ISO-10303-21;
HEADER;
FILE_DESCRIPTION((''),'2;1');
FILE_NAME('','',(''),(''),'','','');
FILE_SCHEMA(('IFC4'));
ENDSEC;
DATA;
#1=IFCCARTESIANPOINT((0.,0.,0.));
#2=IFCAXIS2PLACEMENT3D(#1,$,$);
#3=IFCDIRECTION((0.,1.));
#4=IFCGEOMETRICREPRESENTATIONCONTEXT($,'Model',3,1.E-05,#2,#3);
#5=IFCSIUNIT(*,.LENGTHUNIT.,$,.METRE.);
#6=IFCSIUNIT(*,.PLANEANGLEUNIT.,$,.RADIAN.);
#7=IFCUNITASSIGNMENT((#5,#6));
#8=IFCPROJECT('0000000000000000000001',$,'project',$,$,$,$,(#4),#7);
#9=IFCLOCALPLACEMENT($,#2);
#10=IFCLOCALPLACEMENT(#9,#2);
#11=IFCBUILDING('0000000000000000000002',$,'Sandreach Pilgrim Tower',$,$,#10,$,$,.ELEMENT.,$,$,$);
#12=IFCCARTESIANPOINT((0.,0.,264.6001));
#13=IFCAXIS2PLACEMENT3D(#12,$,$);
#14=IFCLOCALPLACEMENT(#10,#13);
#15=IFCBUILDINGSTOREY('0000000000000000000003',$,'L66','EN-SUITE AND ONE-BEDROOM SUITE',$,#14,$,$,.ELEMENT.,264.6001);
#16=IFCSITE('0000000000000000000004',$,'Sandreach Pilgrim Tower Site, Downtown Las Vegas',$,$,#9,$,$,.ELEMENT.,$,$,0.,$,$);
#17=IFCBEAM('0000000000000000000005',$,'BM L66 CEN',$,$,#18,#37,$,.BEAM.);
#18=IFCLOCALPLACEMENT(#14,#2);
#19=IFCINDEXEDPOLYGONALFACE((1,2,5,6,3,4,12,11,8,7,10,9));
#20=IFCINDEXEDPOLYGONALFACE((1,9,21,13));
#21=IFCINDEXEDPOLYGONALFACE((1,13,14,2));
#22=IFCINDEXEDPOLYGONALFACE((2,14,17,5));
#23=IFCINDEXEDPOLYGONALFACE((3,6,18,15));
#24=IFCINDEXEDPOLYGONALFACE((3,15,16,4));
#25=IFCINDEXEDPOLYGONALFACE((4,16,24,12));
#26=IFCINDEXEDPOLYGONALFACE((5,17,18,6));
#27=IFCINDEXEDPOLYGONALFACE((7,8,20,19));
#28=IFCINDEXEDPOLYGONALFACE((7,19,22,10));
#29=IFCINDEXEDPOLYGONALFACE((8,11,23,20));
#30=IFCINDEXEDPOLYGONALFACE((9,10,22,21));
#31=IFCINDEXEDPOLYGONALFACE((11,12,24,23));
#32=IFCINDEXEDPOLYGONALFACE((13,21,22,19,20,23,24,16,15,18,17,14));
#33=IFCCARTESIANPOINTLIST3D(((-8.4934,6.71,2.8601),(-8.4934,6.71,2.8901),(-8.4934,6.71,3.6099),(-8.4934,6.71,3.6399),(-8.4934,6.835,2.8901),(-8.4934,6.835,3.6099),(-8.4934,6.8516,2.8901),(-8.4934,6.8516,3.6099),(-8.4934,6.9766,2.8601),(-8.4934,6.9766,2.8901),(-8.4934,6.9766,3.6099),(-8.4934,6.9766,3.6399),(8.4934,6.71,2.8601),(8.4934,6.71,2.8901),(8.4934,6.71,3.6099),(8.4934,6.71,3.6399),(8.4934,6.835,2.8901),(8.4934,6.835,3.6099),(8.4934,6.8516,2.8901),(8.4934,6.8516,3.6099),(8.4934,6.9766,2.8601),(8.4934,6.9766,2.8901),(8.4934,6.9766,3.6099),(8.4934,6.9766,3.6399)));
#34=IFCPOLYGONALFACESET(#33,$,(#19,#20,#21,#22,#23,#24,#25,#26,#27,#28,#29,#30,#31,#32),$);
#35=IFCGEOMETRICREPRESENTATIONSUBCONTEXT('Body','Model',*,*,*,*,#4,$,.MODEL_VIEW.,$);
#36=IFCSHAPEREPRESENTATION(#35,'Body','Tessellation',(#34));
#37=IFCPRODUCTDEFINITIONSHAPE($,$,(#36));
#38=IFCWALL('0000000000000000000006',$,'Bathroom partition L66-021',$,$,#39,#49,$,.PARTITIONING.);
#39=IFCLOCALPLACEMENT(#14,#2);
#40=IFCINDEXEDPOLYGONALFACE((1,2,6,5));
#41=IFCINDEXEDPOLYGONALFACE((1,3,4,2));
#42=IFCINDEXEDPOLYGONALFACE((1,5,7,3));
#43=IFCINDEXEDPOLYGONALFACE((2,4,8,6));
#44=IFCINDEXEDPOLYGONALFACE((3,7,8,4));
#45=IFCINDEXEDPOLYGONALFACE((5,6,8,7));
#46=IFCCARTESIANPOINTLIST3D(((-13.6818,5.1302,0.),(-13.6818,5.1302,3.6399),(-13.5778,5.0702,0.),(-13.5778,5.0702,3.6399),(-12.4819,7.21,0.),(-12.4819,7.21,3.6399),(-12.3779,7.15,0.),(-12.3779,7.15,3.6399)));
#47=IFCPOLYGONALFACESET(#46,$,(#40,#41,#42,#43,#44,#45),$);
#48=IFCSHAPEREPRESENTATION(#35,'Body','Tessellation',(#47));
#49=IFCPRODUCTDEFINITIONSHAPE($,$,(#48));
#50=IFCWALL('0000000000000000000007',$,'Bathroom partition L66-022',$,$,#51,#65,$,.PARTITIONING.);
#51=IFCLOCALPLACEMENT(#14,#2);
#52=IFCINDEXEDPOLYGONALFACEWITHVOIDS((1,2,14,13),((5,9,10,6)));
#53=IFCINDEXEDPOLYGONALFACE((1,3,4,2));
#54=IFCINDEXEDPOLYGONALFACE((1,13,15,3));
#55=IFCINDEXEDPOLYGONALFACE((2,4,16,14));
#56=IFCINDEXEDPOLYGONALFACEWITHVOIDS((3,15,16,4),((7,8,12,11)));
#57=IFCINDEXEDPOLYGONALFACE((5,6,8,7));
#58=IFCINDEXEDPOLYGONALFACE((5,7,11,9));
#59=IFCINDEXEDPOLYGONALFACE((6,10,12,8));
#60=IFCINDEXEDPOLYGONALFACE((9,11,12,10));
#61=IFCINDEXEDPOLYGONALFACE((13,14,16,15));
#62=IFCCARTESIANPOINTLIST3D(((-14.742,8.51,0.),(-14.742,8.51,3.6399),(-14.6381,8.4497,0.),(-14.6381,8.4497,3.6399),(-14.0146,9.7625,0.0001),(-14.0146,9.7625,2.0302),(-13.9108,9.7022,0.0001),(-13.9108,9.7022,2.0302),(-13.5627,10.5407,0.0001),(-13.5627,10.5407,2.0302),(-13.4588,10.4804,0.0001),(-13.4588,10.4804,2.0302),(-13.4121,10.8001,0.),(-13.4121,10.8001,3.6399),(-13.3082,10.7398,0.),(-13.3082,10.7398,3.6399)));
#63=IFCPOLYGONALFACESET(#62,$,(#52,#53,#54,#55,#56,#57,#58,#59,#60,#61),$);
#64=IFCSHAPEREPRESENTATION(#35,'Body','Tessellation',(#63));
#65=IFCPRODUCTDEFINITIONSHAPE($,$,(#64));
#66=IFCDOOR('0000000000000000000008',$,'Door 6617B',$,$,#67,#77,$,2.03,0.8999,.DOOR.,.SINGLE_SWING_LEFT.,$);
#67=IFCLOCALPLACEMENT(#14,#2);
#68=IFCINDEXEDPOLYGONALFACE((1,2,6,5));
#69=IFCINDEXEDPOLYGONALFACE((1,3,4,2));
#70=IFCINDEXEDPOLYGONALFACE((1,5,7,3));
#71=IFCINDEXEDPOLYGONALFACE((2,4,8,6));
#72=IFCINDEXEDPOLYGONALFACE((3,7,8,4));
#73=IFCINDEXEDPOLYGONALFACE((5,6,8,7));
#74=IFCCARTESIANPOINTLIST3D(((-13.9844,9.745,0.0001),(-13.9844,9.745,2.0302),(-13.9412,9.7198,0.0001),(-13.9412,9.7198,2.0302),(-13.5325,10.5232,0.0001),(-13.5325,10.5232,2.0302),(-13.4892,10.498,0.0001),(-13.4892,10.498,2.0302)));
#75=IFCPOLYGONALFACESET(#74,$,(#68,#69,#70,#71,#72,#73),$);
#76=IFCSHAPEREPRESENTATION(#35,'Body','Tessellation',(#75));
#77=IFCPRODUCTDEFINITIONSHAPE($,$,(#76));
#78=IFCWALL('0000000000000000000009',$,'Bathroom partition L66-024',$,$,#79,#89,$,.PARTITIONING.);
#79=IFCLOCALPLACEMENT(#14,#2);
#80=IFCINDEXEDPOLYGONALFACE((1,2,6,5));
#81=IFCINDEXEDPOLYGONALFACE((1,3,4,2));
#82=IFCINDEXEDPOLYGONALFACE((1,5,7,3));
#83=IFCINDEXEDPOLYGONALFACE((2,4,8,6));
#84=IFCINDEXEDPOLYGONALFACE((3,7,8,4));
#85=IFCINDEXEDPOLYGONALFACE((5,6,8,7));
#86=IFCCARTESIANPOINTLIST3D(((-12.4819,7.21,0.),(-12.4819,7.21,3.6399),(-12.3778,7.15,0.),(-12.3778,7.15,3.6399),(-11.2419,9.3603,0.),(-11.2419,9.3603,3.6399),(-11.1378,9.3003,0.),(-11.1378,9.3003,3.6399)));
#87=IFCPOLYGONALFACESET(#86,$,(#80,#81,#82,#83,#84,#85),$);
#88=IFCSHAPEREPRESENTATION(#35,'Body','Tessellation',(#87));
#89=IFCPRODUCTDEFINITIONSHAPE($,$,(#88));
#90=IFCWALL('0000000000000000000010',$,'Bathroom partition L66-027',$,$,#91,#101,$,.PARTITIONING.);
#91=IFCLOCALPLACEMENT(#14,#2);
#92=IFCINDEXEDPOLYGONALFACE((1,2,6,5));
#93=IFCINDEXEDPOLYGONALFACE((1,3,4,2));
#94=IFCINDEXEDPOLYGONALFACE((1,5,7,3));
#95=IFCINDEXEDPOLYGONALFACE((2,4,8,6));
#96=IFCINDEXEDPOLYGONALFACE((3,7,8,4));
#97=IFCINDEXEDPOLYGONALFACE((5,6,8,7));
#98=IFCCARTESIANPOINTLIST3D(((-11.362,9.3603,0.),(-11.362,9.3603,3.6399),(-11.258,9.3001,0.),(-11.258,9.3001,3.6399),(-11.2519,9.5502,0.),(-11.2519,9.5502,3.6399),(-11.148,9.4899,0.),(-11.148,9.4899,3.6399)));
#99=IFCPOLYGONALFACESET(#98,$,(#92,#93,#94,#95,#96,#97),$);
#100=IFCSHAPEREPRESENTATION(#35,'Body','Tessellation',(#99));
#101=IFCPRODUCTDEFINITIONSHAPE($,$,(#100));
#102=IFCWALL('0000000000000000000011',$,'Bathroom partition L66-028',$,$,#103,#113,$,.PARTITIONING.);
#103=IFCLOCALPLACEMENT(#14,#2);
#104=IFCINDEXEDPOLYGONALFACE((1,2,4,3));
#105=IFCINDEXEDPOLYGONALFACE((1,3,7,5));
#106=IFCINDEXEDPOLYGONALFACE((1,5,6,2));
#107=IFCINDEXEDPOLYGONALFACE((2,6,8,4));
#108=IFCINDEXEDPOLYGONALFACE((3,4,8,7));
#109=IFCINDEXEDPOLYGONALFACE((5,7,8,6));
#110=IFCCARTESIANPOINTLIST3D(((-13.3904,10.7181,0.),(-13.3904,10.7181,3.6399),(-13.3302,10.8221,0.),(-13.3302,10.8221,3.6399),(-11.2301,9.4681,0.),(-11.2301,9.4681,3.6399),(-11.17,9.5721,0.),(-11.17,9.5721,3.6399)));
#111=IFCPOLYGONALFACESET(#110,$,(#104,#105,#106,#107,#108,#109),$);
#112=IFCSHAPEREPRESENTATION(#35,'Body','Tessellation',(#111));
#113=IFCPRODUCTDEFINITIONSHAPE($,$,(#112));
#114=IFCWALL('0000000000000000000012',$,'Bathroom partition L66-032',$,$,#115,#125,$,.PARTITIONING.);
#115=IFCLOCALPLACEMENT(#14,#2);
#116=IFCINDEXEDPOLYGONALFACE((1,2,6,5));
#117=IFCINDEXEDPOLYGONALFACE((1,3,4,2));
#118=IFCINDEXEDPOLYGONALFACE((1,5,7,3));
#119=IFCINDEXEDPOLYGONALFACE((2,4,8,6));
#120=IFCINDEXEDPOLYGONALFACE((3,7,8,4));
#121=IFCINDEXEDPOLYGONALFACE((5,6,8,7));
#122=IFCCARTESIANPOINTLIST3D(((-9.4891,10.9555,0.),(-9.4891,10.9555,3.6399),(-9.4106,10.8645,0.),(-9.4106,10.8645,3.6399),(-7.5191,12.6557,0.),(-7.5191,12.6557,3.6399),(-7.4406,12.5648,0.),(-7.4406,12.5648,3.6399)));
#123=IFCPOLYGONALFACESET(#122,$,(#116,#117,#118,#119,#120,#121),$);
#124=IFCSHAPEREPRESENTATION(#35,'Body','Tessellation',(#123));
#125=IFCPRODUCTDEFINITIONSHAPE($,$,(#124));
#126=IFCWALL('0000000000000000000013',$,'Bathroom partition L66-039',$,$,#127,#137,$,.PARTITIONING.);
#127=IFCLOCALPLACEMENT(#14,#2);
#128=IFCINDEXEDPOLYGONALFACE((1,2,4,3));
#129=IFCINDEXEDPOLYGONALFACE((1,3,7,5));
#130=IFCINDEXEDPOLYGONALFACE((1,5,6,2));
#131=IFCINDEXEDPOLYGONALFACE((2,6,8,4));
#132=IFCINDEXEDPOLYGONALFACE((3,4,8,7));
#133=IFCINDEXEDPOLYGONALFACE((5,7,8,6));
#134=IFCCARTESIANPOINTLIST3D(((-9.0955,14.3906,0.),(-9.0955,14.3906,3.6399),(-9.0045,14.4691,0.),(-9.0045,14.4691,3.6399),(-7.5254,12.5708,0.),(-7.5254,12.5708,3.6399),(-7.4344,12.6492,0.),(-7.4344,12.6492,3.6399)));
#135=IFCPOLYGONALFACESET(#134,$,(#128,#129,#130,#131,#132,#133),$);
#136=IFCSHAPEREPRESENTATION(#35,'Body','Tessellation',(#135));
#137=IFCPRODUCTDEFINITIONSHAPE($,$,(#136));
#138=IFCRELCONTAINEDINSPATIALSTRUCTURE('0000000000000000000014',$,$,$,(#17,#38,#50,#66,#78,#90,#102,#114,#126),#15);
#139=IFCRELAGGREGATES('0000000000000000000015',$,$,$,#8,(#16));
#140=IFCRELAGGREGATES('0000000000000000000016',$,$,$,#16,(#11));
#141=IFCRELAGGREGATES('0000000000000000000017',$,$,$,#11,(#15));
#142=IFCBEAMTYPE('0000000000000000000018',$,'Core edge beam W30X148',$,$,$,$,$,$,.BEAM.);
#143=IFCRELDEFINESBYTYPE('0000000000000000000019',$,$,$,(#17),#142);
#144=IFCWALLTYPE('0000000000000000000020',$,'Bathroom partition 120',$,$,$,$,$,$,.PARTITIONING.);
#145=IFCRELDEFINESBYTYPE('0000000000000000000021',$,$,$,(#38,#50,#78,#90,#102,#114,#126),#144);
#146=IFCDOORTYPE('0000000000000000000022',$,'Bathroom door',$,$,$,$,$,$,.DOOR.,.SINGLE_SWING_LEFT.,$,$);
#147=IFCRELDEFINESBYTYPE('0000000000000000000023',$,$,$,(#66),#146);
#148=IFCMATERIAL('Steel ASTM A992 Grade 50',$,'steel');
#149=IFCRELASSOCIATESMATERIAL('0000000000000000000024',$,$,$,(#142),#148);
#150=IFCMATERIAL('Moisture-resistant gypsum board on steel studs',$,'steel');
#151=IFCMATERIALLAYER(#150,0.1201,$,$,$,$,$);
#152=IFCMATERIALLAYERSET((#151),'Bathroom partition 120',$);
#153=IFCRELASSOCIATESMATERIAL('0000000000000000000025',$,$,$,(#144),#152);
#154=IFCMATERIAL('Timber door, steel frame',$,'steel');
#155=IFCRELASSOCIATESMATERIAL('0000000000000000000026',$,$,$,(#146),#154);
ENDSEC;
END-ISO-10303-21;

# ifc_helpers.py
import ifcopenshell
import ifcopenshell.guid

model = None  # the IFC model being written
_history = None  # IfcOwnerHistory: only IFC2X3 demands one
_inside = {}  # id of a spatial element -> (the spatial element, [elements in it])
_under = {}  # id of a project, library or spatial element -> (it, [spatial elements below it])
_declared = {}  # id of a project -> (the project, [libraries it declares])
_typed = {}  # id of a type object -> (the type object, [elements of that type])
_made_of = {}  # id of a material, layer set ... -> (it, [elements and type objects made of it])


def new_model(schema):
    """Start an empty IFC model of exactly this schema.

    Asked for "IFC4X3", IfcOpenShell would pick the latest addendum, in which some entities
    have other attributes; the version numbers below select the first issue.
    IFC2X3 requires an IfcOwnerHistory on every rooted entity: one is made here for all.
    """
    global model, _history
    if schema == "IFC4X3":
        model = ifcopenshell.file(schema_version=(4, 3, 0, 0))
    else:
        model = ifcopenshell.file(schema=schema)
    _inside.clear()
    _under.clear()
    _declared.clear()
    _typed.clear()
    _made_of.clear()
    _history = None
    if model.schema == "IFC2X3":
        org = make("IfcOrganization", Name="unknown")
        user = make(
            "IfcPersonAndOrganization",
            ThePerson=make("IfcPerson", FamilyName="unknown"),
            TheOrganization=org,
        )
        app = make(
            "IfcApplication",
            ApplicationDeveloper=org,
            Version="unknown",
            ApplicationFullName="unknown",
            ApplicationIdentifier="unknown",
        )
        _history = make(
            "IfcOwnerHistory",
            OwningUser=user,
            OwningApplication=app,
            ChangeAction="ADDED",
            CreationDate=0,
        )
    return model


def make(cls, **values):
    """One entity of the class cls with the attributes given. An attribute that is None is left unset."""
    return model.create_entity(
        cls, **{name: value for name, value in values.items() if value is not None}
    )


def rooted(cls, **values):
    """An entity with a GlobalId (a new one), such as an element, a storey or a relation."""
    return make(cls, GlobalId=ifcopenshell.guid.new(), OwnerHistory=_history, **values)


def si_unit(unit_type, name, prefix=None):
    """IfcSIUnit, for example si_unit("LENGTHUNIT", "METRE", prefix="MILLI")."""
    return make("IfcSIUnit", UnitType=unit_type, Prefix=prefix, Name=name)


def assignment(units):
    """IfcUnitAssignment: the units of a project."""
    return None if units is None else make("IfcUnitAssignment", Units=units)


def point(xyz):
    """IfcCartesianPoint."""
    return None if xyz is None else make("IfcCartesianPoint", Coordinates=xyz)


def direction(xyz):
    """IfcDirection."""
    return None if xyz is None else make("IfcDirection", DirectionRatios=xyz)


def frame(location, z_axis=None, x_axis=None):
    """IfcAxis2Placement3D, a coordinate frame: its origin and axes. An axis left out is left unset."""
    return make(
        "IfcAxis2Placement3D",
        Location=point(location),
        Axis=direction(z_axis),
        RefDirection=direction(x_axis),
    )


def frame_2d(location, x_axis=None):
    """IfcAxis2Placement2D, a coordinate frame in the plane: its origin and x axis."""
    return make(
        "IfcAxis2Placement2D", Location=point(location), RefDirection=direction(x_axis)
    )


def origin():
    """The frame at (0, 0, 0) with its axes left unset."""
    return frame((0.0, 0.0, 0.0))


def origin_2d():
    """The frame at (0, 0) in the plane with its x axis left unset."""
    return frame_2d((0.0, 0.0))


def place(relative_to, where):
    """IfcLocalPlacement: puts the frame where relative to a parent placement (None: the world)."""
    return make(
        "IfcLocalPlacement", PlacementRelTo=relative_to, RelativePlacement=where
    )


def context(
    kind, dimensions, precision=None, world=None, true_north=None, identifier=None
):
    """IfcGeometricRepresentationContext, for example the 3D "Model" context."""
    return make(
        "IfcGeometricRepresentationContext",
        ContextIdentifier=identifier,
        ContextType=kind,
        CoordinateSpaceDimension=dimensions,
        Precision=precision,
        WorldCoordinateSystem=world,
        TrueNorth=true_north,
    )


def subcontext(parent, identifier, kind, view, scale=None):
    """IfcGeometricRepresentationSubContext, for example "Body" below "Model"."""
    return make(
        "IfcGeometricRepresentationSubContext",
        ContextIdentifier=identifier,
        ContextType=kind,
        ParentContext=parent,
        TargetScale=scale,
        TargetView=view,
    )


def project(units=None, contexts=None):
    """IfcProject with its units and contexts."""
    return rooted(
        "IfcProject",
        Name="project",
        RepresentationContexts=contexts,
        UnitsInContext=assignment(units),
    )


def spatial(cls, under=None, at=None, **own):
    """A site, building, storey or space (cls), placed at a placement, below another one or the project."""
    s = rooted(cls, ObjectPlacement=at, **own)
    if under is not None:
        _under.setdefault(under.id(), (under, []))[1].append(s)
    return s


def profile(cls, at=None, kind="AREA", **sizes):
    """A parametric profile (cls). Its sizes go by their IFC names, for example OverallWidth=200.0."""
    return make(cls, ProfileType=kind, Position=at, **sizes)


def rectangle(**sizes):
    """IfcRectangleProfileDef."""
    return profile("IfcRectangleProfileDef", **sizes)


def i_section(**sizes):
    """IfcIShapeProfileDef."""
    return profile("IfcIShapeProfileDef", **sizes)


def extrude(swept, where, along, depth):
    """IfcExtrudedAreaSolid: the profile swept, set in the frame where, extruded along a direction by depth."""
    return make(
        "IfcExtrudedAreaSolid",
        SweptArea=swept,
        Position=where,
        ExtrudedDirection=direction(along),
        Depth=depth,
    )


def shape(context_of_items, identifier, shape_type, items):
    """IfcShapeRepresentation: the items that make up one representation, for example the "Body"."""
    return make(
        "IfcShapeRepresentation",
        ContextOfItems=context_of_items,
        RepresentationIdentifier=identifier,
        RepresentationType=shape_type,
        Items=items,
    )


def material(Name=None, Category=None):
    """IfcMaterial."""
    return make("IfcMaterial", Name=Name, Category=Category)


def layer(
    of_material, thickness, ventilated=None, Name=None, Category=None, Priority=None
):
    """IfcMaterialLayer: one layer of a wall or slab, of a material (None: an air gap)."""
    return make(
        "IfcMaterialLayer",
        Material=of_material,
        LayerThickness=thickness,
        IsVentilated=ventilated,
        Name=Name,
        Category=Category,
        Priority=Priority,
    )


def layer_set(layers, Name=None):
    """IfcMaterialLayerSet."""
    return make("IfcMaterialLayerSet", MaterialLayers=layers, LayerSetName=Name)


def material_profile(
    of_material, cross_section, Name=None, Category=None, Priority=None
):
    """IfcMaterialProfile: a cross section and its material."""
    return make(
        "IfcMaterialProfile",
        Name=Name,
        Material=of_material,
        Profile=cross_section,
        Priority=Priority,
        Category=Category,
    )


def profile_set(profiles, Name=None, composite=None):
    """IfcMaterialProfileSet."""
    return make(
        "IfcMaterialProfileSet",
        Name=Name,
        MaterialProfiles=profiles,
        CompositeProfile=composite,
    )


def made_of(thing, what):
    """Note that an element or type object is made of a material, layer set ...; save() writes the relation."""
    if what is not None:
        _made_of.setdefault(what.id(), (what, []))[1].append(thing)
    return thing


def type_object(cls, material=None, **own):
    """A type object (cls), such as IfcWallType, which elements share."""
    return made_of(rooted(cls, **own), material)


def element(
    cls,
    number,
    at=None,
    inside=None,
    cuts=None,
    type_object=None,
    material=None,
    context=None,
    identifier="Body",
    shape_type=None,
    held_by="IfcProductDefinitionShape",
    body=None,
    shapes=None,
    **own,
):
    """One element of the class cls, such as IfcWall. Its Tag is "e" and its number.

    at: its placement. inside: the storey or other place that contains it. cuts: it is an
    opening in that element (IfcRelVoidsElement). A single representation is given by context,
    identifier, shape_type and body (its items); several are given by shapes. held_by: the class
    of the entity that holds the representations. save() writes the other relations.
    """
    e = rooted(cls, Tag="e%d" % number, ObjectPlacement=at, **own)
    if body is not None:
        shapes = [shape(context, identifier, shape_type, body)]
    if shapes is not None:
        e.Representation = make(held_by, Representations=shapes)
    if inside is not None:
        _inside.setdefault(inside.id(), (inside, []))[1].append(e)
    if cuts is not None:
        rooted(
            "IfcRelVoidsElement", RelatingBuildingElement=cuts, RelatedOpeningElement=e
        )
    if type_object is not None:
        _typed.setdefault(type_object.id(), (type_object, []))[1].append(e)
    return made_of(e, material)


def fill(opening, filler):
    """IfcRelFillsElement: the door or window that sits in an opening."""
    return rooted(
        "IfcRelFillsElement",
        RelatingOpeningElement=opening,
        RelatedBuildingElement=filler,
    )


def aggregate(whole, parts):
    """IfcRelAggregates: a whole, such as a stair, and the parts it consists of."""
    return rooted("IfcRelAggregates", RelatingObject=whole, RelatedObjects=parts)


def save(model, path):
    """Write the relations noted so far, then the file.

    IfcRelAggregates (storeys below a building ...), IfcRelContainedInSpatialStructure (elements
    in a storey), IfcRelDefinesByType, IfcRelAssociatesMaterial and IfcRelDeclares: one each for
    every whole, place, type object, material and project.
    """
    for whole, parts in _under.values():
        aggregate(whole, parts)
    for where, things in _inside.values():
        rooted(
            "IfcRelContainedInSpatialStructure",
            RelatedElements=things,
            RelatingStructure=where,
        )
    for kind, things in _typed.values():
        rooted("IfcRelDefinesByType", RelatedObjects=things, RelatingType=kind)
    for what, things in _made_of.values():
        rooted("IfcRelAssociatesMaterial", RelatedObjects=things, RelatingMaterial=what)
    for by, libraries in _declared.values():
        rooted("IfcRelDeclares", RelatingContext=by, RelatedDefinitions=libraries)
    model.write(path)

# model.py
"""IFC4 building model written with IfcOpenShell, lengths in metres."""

from ifc_helpers import new_model, si_unit, direction, frame, frame_2d, origin, origin_2d, place, context, subcontext, project, spatial, rectangle, i_section, extrude, material, layer, layer_set, material_profile, profile_set, type_object, element, fill, save


model = new_model("IFC4")

# Units and contexts
model_context = context("Model", 3, precision=1e-05, world=origin(), true_north=direction((0.0, 1.0)))
body_context = subcontext(model_context, "Body", "Model", "MODEL_VIEW")
ifc_project = project(units=[si_unit("LENGTHUNIT", "METRE"), si_unit("PLANEANGLEUNIT", "RADIAN")], contexts=[model_context])

# Site, building, storey
site_placement = place(None, origin())
site = spatial("IfcSite", under=ifc_project, at=site_placement, Name="Sandreach Pilgrim Tower Site, Downtown Las Vegas", CompositionType="ELEMENT", RefElevation=0.0)
building_placement = place(site_placement, origin())
building = spatial("IfcBuilding", under=site, at=building_placement, Name="Sandreach Pilgrim Tower", CompositionType="ELEMENT")
storey_placement = place(building_placement, frame((0.0, 0.0, 264.6001)))
storey = spatial("IfcBuildingStorey", under=building, at=storey_placement, Name="L66", Description="EN-SUITE AND ONE-BEDROOM SUITE", CompositionType="ELEMENT", Elevation=264.6001)

# Beam
ifc_material_1 = material(Name="Steel ASTM A992 Grade 50", Category="steel")
ifc_material_profile = material_profile(ifc_material_1, i_section(OverallWidth=0.2666, OverallDepth=0.7798, WebThickness=0.0166, FlangeThickness=0.03, at=origin_2d()), Name="W30X148")
ifc_profile_set = profile_set([ifc_material_profile], Name="Steel ASTM A992 Grade 50")
beam_type = type_object("IfcBeamType", Name="Core edge beam W30X148", PredefinedType="BEAM", material=ifc_profile_set)
beam_placement = place(storey_placement, frame((-8.4934, 6.8433, 3.25), z_axis=(1.0, 0.0, 0.0), x_axis=(0.0, 1.0, 0.0)))
element("IfcBeam", 1, at=beam_placement, inside=storey, type_object=beam_type, Name="BM L66 CEN", PredefinedType="BEAM", context=body_context, shape_type="SweptSolid", body=[
    extrude(i_section(OverallWidth=0.2666, OverallDepth=0.7798, WebThickness=0.0166, FlangeThickness=0.03, at=origin_2d()), origin(), (0.0, 0.0, 1.0), 16.9868),
])

# Wall
ifc_material_2 = material(Name="Moisture-resistant gypsum board on steel studs", Category="steel")
ifc_layer_1 = layer(ifc_material_2, 0.1201)
ifc_layer_set_1 = layer_set([ifc_layer_1], Name="Bathroom partition 120")
wall_type_1 = type_object("IfcWallType", Name="Bathroom partition 120", PredefinedType="PARTITIONING", material=ifc_layer_set_1)
wall_1_placement = place(storey_placement, frame((-13.6299, 5.1001, 0.0), z_axis=(0.0, 0.0, 1.0), x_axis=(0.499737, 0.866177, 0.0)))
element("IfcWall", 2, at=wall_1_placement, inside=storey, type_object=wall_type_1, Name="Bathroom partition L66-021", PredefinedType="PARTITIONING", context=body_context, shape_type="SweptSolid", body=[
    extrude(rectangle(XDim=2.4011, YDim=0.1201, at=frame_2d((1.2007, 0.0))), origin(), (0.0, 0.0, 1.0), 3.6399),
])

# Wall, opening, door
wall_2_placement = place(storey_placement, frame((-13.3601, 10.77, 0.0), z_axis=(0.0, 0.0, 1.0), x_axis=(-0.502173, -0.864767, 0.0)))
wall_2 = element("IfcWall", 3, at=wall_2_placement, inside=storey, type_object=wall_type_1, Name="Bathroom partition L66-022", PredefinedType="PARTITIONING", context=body_context, shape_type="SweptSolid", body=[
    extrude(rectangle(XDim=2.6482, YDim=0.1201, at=frame_2d((1.3242, 0.0))), origin(), (0.0, 0.0, 1.0), 3.6399),
])
opening_1_placement = place(wall_2_placement, frame((0.3, 0.0, 0.0)))
opening_1 = element("IfcOpeningElement", 4, at=opening_1_placement, cuts=wall_2, PredefinedType="OPENING", context=body_context, shape_type="SweptSolid", body=[
    extrude(rectangle(XDim=0.8999, YDim=2.03, at=frame_2d((0.45, 1.0151))), frame((0.0, 0.0601, 0.0), z_axis=(0.0, -1.0, 0.0), x_axis=(1.0, 0.0, 0.0)), (0.0, 0.0, 1.0), 0.1201),
])
ifc_material_3 = material(Name="Timber door, steel frame", Category="steel")
door_type_1 = type_object("IfcDoorType", Name="Bathroom door", OperationType="SINGLE_SWING_LEFT", PredefinedType="DOOR", material=ifc_material_3)
door_1_placement = place(opening_1_placement, origin())
door_1 = element("IfcDoor", 5, at=door_1_placement, inside=storey, type_object=door_type_1, Name="Door 6617B", OperationType="SINGLE_SWING_LEFT", OverallHeight=2.03, OverallWidth=0.8999, PredefinedType="DOOR", context=body_context, shape_type="SweptSolid", body=[
    extrude(rectangle(XDim=0.8999, YDim=2.03, at=frame_2d((0.45, 1.0151))), frame((0.0, 0.0249, 0.0), z_axis=(0.0, -1.0, 0.0), x_axis=(1.0, 0.0, 0.0)), (0.0, 0.0, 1.0), 0.05),
])
fill(opening_1, door_1)

# Walls
wall_3_placement = place(storey_placement, frame((-12.4299, 7.1799, 0.0), z_axis=(0.0, 0.0, 1.0), x_axis=(0.499578, 0.866269, 0.0)))
element("IfcWall", 6, at=wall_3_placement, inside=storey, type_object=wall_type_1, Name="Bathroom partition L66-024", PredefinedType="PARTITIONING", context=body_context, shape_type="SweptSolid", body=[
    extrude(rectangle(XDim=2.4822, YDim=0.1201, at=frame_2d((1.2412, 0.0))), origin(), (0.0, 0.0, 1.0), 3.6399),
])
wall_4_placement = place(storey_placement, frame((-11.3101, 9.3301, 0.0), z_axis=(0.0, 0.0, 1.0), x_axis=(0.501518, 0.865147, 0.0)))
element("IfcWall", 7, at=wall_4_placement, inside=storey, type_object=wall_type_1, Name="Bathroom partition L66-027", PredefinedType="PARTITIONING", context=body_context, shape_type="SweptSolid", body=[
    extrude(rectangle(XDim=0.2195, YDim=0.1201, at=frame_2d((0.1099, 0.0))), origin(), (0.0, 0.0, 1.0), 3.6399),
])
wall_5_placement = place(storey_placement, frame((-11.2, 9.52, 0.0), z_axis=(0.0, 0.0, 1.0), x_axis=(-0.865533, 0.500851, 0.0)))
element("IfcWall", 8, at=wall_5_placement, inside=storey, type_object=wall_type_1, Name="Bathroom partition L66-028", PredefinedType="PARTITIONING", context=body_context, shape_type="SweptSolid", body=[
    extrude(rectangle(XDim=2.4958, YDim=0.1201, at=frame_2d((1.248, 0.0))), origin(), (0.0, 0.0, 1.0), 3.6399),
])
wall_6_placement = place(storey_placement, frame((-9.45, 10.9099, 0.0), z_axis=(0.0, 0.0, 1.0), x_axis=(0.75704, 0.653368, 0.0)))
element("IfcWall", 9, at=wall_6_placement, inside=storey, type_object=wall_type_1, Name="Bathroom partition L66-032", PredefinedType="PARTITIONING", context=body_context, shape_type="SweptSolid", body=[
    extrude(rectangle(XDim=2.6023, YDim=0.1201, at=frame_2d((1.3013, 0.0))), origin(), (0.0, 0.0, 1.0), 3.6399),
])
wall_7_placement = place(storey_placement, frame((-7.48, 12.6101, 0.0), z_axis=(0.0, 0.0, 1.0), x_axis=(-0.653239, 0.757152, 0.0)))
element("IfcWall", 10, at=wall_7_placement, inside=storey, type_object=wall_type_1, Name="Bathroom partition L66-039", PredefinedType="PARTITIONING", context=body_context, shape_type="SweptSolid", body=[
    extrude(rectangle(XDim=2.4036, YDim=0.1201, at=frame_2d((1.2017, 0.0))), origin(), (0.0, 0.0, 1.0), 3.6399),
])

save(model, "model.ifc")
